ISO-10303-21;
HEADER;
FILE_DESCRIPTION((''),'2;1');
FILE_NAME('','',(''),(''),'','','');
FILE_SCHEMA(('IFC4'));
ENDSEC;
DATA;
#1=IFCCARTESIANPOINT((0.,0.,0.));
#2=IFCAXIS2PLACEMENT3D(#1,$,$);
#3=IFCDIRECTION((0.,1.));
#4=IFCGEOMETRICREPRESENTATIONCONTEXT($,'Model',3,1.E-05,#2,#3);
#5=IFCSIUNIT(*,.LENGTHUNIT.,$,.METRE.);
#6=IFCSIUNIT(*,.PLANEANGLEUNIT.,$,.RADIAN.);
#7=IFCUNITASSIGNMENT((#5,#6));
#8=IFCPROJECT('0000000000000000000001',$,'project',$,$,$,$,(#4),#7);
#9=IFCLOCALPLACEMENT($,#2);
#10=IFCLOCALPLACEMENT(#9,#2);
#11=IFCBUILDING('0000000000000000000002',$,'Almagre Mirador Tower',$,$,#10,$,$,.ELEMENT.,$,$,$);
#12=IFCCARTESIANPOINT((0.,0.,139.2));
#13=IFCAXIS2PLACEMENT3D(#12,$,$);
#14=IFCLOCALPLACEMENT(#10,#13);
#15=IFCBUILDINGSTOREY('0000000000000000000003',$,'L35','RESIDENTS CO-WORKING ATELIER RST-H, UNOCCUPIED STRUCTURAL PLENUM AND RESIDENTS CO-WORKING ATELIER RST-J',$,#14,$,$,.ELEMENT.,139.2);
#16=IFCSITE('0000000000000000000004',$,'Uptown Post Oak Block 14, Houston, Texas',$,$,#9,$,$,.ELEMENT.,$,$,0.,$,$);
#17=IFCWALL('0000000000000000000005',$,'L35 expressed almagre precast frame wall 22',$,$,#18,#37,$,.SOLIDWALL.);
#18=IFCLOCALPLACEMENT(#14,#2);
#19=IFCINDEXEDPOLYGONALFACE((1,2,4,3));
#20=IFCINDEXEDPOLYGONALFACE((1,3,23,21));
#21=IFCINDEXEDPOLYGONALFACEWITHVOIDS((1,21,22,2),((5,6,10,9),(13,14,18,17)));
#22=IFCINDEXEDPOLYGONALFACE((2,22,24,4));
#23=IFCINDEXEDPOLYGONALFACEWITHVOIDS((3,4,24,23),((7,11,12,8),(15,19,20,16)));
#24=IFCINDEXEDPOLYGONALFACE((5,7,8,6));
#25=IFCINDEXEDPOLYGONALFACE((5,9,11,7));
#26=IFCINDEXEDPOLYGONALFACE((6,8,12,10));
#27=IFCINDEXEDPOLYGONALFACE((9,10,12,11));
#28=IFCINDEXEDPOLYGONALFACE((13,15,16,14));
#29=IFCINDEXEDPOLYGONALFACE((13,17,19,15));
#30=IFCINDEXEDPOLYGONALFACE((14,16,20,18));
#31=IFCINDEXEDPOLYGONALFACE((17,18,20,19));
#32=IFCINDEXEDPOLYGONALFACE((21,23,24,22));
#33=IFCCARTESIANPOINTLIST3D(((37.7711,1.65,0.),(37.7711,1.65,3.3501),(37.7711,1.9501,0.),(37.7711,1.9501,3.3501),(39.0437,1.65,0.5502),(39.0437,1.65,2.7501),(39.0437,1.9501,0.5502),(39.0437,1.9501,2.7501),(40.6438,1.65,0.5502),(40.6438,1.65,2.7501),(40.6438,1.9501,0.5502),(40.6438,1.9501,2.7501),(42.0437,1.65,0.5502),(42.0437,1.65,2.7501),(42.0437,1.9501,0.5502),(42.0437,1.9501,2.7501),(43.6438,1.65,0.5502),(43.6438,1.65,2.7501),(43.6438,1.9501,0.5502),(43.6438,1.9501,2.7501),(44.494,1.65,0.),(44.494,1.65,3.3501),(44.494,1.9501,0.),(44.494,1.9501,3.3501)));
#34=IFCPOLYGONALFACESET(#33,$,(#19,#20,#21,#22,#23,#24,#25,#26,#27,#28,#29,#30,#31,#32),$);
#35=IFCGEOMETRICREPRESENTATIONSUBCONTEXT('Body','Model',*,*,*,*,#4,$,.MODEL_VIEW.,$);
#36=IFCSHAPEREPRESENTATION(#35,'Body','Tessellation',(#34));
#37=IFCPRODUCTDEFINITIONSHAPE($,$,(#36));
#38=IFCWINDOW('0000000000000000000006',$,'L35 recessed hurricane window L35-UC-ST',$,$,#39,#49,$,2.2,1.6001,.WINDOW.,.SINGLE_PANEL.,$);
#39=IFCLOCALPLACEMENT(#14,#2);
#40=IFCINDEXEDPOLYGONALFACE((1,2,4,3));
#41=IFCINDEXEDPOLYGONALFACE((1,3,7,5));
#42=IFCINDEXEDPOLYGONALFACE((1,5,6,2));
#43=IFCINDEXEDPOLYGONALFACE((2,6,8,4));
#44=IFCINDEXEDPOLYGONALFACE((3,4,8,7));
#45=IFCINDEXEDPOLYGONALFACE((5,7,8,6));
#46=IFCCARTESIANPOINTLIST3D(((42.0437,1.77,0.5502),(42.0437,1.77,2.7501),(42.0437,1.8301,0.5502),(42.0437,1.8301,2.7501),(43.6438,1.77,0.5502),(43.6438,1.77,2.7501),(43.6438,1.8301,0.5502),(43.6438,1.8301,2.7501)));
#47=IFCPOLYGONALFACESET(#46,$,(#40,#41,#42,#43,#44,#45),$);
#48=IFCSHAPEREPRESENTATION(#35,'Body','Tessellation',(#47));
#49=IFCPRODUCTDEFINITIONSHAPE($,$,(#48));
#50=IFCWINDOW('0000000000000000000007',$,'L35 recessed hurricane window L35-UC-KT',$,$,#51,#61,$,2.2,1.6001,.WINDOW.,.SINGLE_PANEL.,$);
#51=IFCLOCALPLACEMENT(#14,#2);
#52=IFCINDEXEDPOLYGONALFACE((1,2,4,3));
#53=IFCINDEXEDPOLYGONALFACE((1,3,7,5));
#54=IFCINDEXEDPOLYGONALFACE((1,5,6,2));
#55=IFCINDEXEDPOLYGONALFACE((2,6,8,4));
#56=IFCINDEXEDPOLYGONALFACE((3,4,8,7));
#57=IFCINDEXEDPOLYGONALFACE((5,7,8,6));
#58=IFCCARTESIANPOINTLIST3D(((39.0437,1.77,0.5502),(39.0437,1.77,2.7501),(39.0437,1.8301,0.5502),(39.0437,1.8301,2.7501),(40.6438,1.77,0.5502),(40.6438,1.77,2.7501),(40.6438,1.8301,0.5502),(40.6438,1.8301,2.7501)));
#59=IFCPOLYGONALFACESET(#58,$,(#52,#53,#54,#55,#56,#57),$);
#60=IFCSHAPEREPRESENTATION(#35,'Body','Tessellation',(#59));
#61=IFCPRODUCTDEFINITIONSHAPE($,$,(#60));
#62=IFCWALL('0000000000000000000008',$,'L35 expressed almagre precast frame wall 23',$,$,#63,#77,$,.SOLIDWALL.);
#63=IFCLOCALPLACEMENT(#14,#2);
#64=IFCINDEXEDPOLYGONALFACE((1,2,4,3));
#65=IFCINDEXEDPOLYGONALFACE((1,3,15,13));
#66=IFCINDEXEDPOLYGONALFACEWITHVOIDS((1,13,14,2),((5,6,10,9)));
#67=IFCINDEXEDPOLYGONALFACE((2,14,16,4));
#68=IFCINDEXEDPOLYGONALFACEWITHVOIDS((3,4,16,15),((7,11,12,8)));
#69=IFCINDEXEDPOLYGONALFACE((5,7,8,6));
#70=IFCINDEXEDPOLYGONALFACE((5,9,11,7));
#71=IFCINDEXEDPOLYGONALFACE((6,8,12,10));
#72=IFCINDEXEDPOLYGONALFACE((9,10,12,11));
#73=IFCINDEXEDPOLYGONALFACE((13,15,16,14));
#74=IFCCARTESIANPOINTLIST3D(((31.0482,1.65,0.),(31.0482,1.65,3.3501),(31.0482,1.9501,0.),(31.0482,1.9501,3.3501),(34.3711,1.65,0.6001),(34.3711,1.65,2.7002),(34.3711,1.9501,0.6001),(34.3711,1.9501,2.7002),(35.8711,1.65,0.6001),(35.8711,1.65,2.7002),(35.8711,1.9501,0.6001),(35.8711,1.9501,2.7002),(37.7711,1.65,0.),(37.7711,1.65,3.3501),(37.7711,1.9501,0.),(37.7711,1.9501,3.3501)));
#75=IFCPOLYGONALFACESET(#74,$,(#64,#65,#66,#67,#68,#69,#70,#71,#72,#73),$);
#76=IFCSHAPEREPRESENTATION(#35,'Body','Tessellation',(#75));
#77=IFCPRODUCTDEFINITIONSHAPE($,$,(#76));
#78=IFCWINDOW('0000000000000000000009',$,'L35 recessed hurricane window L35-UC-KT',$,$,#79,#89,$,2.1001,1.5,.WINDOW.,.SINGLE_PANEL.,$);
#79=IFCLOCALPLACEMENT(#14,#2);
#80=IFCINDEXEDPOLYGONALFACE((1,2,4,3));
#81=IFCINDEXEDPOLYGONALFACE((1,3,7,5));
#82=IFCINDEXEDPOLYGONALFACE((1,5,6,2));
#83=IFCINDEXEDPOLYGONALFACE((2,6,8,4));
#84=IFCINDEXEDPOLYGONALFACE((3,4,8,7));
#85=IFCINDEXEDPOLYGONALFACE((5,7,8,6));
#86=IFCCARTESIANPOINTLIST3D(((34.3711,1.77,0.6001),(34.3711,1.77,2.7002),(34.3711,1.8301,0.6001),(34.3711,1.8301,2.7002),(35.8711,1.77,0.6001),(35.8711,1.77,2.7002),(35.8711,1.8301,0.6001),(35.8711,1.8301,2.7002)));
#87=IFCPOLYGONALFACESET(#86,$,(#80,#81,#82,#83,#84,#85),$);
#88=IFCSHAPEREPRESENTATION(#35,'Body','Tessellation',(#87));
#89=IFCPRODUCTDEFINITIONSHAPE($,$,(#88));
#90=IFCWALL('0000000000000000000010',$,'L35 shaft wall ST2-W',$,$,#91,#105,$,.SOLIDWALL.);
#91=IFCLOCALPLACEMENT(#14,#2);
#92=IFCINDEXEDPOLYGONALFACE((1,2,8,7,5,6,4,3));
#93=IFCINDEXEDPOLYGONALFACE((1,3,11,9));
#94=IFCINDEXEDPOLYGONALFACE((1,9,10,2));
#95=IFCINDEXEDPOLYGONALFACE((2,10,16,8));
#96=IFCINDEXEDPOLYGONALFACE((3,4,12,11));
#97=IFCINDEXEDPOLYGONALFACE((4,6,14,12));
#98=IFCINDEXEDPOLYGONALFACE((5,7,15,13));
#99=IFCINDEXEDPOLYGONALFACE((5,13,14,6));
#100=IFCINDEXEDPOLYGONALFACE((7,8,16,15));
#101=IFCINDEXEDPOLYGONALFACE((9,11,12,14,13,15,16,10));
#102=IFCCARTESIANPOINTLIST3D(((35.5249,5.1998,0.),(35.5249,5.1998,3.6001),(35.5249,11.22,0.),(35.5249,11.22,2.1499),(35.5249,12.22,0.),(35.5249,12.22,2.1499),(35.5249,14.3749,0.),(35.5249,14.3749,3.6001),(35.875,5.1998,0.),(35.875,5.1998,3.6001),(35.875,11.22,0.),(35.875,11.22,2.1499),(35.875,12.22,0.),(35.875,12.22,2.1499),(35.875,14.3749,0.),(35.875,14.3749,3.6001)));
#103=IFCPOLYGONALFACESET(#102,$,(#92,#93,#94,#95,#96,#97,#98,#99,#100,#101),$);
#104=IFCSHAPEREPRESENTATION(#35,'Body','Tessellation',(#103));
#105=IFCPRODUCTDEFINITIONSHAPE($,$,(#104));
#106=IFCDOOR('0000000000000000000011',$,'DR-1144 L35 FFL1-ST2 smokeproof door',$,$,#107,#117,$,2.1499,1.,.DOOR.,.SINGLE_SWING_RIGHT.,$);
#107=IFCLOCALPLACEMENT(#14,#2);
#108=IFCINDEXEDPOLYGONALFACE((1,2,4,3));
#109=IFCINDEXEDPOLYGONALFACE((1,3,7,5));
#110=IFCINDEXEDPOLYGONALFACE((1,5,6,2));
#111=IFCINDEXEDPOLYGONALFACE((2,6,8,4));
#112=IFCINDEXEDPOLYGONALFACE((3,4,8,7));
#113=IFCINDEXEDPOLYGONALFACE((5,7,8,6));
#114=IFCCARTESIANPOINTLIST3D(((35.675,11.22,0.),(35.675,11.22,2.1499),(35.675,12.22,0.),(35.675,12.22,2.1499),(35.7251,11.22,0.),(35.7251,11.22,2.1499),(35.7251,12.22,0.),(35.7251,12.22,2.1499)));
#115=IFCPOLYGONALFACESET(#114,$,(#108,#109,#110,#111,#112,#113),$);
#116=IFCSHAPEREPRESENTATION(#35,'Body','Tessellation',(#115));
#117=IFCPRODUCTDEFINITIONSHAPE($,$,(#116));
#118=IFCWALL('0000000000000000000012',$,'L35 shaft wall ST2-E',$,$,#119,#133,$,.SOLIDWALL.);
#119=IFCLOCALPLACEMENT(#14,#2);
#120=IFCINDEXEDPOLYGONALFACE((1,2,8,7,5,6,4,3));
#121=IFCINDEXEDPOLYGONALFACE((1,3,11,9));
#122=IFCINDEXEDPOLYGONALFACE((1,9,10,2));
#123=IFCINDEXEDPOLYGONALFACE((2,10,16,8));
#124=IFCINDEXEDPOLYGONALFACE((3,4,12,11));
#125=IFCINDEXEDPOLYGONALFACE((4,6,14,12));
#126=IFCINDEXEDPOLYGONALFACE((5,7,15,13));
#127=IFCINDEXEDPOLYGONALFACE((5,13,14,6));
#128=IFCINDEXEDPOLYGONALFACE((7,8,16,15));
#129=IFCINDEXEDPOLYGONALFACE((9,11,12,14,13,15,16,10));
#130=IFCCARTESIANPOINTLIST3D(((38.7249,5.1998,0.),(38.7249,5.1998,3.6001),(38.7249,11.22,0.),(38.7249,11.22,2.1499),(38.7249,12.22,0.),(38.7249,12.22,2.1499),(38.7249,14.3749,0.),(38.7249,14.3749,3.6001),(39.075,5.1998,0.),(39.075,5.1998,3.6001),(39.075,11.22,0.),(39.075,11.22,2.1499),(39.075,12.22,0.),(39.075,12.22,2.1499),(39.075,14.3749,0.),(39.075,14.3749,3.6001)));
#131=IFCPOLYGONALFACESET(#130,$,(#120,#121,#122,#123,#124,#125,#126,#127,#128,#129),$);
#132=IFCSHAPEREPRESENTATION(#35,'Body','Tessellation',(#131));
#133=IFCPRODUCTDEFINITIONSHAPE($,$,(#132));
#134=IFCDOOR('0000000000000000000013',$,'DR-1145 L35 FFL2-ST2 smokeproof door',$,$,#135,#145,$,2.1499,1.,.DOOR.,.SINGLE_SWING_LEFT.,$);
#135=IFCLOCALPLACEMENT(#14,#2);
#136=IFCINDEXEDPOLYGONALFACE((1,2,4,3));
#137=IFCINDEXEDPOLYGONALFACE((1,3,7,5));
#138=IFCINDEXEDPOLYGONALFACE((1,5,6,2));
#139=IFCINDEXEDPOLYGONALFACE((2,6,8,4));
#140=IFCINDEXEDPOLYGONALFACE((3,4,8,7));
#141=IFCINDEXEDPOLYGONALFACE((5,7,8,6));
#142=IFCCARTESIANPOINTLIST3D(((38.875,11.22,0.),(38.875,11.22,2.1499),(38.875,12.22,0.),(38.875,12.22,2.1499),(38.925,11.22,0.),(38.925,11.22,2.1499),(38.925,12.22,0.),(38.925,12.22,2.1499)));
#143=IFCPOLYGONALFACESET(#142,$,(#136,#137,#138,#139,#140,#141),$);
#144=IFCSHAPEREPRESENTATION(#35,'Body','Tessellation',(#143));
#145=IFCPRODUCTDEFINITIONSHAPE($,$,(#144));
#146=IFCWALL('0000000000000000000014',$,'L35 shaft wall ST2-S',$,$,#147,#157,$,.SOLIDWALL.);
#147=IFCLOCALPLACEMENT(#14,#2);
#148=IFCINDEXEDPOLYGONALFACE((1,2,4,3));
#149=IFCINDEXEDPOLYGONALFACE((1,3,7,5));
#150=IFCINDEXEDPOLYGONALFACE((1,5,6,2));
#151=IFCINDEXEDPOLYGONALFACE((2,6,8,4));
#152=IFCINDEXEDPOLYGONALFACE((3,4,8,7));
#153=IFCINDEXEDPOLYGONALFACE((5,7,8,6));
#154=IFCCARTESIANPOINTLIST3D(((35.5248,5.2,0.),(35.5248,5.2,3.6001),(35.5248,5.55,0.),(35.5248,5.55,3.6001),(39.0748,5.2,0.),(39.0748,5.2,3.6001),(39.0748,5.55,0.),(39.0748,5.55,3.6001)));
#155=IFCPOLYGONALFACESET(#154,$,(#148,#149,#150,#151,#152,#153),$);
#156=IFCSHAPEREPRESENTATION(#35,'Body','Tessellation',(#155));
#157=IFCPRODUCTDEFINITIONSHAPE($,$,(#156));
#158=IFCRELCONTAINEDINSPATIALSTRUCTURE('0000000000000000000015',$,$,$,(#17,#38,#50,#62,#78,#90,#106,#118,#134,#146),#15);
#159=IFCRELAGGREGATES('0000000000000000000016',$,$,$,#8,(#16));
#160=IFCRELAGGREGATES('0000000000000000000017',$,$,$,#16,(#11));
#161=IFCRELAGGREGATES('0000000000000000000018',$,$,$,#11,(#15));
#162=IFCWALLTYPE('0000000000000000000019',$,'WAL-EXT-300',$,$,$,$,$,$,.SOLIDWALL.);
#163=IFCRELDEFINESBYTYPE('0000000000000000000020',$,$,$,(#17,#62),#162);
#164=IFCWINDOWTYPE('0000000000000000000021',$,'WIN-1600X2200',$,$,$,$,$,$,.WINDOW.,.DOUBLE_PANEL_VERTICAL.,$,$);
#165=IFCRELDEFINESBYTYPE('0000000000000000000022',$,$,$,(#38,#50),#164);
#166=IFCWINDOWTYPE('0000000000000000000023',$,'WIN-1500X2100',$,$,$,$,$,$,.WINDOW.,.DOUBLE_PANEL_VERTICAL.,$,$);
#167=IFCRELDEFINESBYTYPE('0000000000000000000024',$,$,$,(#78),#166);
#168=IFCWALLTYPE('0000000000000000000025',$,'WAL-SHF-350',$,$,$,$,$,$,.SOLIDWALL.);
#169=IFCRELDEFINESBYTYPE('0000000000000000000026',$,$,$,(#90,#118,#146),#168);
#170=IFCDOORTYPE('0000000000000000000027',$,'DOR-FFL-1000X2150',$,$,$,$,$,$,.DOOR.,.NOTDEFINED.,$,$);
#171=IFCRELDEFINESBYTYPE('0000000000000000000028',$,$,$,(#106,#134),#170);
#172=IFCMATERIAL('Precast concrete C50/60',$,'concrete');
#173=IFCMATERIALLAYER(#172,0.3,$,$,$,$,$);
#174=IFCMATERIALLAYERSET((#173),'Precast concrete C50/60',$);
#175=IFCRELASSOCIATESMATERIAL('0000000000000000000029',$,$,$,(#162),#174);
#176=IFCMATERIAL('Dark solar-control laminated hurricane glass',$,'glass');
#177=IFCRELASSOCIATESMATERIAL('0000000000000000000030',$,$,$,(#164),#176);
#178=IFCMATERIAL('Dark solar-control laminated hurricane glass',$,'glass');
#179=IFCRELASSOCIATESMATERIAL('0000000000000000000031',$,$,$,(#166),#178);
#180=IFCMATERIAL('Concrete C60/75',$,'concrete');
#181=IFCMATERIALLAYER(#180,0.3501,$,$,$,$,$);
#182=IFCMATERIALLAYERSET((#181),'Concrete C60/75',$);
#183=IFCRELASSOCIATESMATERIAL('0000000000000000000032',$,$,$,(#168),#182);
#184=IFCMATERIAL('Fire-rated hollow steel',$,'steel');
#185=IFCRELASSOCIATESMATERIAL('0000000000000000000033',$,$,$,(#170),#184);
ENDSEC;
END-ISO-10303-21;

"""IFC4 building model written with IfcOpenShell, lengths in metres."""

from ifc_helpers import new_model, si_unit, direction, frame, frame_2d, origin, place, context, subcontext, project, spatial, rectangle, extrude, material, layer, layer_set, type_object, element, fill, save


model = new_model("IFC4")

# Units and contexts
model_context = context("Model", 3, precision=1e-05, world=origin(), true_north=direction((0.0, 1.0)))
body_context = subcontext(model_context, "Body", "Model", "MODEL_VIEW")
ifc_project = project(units=[si_unit("LENGTHUNIT", "METRE"), si_unit("PLANEANGLEUNIT", "RADIAN")], contexts=[model_context])

# Site, building, storey
site_placement = place(None, origin())
site = spatial("IfcSite", under=ifc_project, at=site_placement, Name="Uptown Post Oak Block 14, Houston, Texas", CompositionType="ELEMENT", RefElevation=0.0)
building_placement = place(site_placement, origin())
building = spatial("IfcBuilding", under=site, at=building_placement, Name="Almagre Mirador Tower", CompositionType="ELEMENT")
storey_placement = place(building_placement, frame((0.0, 0.0, 139.2)))
storey = spatial("IfcBuildingStorey", under=building, at=storey_placement, Name="L35", Description="RESIDENTS CO-WORKING ATELIER RST-H, UNOCCUPIED STRUCTURAL PLENUM AND RESIDENTS CO-WORKING ATELIER RST-J", CompositionType="ELEMENT", Elevation=139.2)

# Wall, openings, windows
ifc_material_1 = material(Name="Precast concrete C50/60", Category="concrete")
ifc_layer_1 = layer(ifc_material_1, 0.3)
ifc_layer_set_1 = layer_set([ifc_layer_1], Name="Precast concrete C50/60")
wall_type_1 = type_object("IfcWallType", Name="WAL-EXT-300", PredefinedType="SOLIDWALL", material=ifc_layer_set_1)
wall_1_placement = place(storey_placement, frame((44.4939, 1.8, 0.0), z_axis=(0.0, 0.0, 1.0), x_axis=(-1.0, 0.0, 0.0)))
wall_1 = element("IfcWall", 1, at=wall_1_placement, inside=storey, type_object=wall_type_1, Name="L35 expressed almagre precast frame wall 22", PredefinedType="SOLIDWALL", context=body_context, shape_type="SweptSolid", body=[
    extrude(rectangle(XDim=6.7229, YDim=0.3, at=frame_2d((3.3613, 0.0))), origin(), (0.0, 0.0, 1.0), 3.3501),
])
opening_1_placement = place(wall_1_placement, frame((0.8501, 0.0, 0.55)))
opening_1 = element("IfcOpeningElement", 2, at=opening_1_placement, cuts=wall_1, PredefinedType="OPENING", context=body_context, shape_type="SweptSolid", body=[
    extrude(rectangle(XDim=1.6001, YDim=2.2, at=frame_2d((0.8, 1.1001))), frame((0.0, 0.1599, 0.0), z_axis=(0.0, -1.0, 0.0), x_axis=(1.0, 0.0, 0.0)), (0.0, 0.0, 1.0), 0.32),
])
opening_2_placement = place(wall_1_placement, frame((3.8501, 0.0, 0.55)))
opening_2 = element("IfcOpeningElement", 3, at=opening_2_placement, cuts=wall_1, PredefinedType="OPENING", context=body_context, shape_type="SweptSolid", body=[
    extrude(rectangle(XDim=1.6001, YDim=2.2, at=frame_2d((0.8, 1.1001))), frame((0.0, 0.1599, 0.0), z_axis=(0.0, -1.0, 0.0), x_axis=(1.0, 0.0, 0.0)), (0.0, 0.0, 1.0), 0.32),
])
ifc_material_2 = material(Name="Dark solar-control laminated hurricane glass", Category="glass")
window_type_1 = type_object("IfcWindowType", Name="WIN-1600X2200", PartitioningType="DOUBLE_PANEL_VERTICAL", PredefinedType="WINDOW", material=ifc_material_2)
window_1_placement = place(opening_1_placement, origin())
window_1 = element("IfcWindow", 4, at=window_1_placement, inside=storey, type_object=window_type_1, Name="L35 recessed hurricane window L35-UC-ST", OverallHeight=2.2, OverallWidth=1.6001, PartitioningType="SINGLE_PANEL", PredefinedType="WINDOW", context=body_context, shape_type="SweptSolid", body=[
    extrude(rectangle(XDim=1.6001, YDim=2.2, at=frame_2d((0.8, 1.1001))), frame((0.0, 0.03, 0.0), z_axis=(0.0, -1.0, 0.0), x_axis=(1.0, 0.0, 0.0)), (0.0, 0.0, 1.0), 0.0601),
])
fill(opening_1, window_1)
window_2_placement = place(opening_2_placement, origin())
window_2 = element("IfcWindow", 5, at=window_2_placement, inside=storey, type_object=window_type_1, Name="L35 recessed hurricane window L35-UC-KT", OverallHeight=2.2, OverallWidth=1.6001, PartitioningType="SINGLE_PANEL", PredefinedType="WINDOW", context=body_context, shape_type="SweptSolid", body=[
    extrude(rectangle(XDim=1.6001, YDim=2.2, at=frame_2d((0.8, 1.1001))), frame((0.0, 0.03, 0.0), z_axis=(0.0, -1.0, 0.0), x_axis=(1.0, 0.0, 0.0)), (0.0, 0.0, 1.0), 0.0601),
])
fill(opening_2, window_2)

# Wall, opening, window
wall_2_placement = place(storey_placement, frame((37.771, 1.8, 0.0), z_axis=(0.0, 0.0, 1.0), x_axis=(-1.0, 0.0, 0.0)))
wall_2 = element("IfcWall", 6, at=wall_2_placement, inside=storey, type_object=wall_type_1, Name="L35 expressed almagre precast frame wall 23", PredefinedType="SOLIDWALL", context=body_context, shape_type="SweptSolid", body=[
    extrude(rectangle(XDim=6.7229, YDim=0.3, at=frame_2d((3.3613, 0.0))), origin(), (0.0, 0.0, 1.0), 3.3501),
])
opening_3_placement = place(wall_2_placement, frame((1.8999, 0.0, 0.6001)))
opening_3 = element("IfcOpeningElement", 7, at=opening_3_placement, cuts=wall_2, PredefinedType="OPENING", context=body_context, shape_type="SweptSolid", body=[
    extrude(rectangle(XDim=1.5, YDim=2.1001, at=frame_2d((0.75, 1.05))), frame((0.0, 0.1599, 0.0), z_axis=(0.0, -1.0, 0.0), x_axis=(1.0, 0.0, 0.0)), (0.0, 0.0, 1.0), 0.32),
])
ifc_material_3 = material(Name="Dark solar-control laminated hurricane glass", Category="glass")
window_type_2 = type_object("IfcWindowType", Name="WIN-1500X2100", PartitioningType="DOUBLE_PANEL_VERTICAL", PredefinedType="WINDOW", material=ifc_material_3)
window_3_placement = place(opening_3_placement, origin())
window_3 = element("IfcWindow", 8, at=window_3_placement, inside=storey, type_object=window_type_2, Name="L35 recessed hurricane window L35-UC-KT", OverallHeight=2.1001, OverallWidth=1.5, PartitioningType="SINGLE_PANEL", PredefinedType="WINDOW", context=body_context, shape_type="SweptSolid", body=[
    extrude(rectangle(XDim=1.5, YDim=2.1001, at=frame_2d((0.75, 1.05))), frame((0.0, 0.03, 0.0), z_axis=(0.0, -1.0, 0.0), x_axis=(1.0, 0.0, 0.0)), (0.0, 0.0, 1.0), 0.0601),
])
fill(opening_3, window_3)

# Walls, openings, doors
ifc_material_4 = material(Name="Concrete C60/75", Category="concrete")
ifc_layer_2 = layer(ifc_material_4, 0.3501)
ifc_layer_set_2 = layer_set([ifc_layer_2], Name="Concrete C60/75")
wall_type_2 = type_object("IfcWallType", Name="WAL-SHF-350", PredefinedType="SOLIDWALL", material=ifc_layer_set_2)
wall_3_placement = place(storey_placement, frame((35.7, 5.2, 0.0), z_axis=(0.0, 0.0, 1.0), x_axis=(0.0, 1.0, 0.0)))
wall_3 = element("IfcWall", 9, at=wall_3_placement, inside=storey, type_object=wall_type_2, Name="L35 shaft wall ST2-W", PredefinedType="SOLIDWALL", context=body_context, shape_type="SweptSolid", body=[
    extrude(rectangle(XDim=9.175, YDim=0.3501, at=frame_2d((4.5874, 0.0))), origin(), (0.0, 0.0, 1.0), 3.6001),
])
opening_4_placement = place(wall_3_placement, frame((6.02, 0.0, 0.0)))
opening_4 = element("IfcOpeningElement", 10, at=opening_4_placement, cuts=wall_3, PredefinedType="OPENING", context=body_context, shape_type="SweptSolid", body=[
    extrude(rectangle(XDim=1.0, YDim=2.1499, at=frame_2d((0.5, 1.075))), frame((0.0, 0.185, 0.0), z_axis=(0.0, -1.0, 0.0), x_axis=(1.0, 0.0, 0.0)), (0.0, 0.0, 1.0), 0.3701),
])
ifc_material_5 = material(Name="Fire-rated hollow steel", Category="steel")
door_type_1 = type_object("IfcDoorType", Name="DOR-FFL-1000X2150", OperationType="NOTDEFINED", PredefinedType="DOOR", material=ifc_material_5)
door_1_placement = place(opening_4_placement, origin())
door_1 = element("IfcDoor", 11, at=door_1_placement, inside=storey, type_object=door_type_1, Name="DR-1144 L35 FFL1-ST2 smokeproof door", OperationType="SINGLE_SWING_RIGHT", OverallHeight=2.1499, OverallWidth=1.0, PredefinedType="DOOR", context=body_context, shape_type="SweptSolid", body=[
    extrude(rectangle(XDim=1.0, YDim=2.1499, at=frame_2d((0.5, 1.075))), frame((0.0, 0.0249, 0.0), z_axis=(0.0, -1.0, 0.0), x_axis=(1.0, 0.0, 0.0)), (0.0, 0.0, 1.0), 0.05),
])
fill(opening_4, door_1)
wall_4_placement = place(storey_placement, frame((38.8999, 5.2, 0.0), z_axis=(0.0, 0.0, 1.0), x_axis=(0.0, 1.0, 0.0)))
wall_4 = element("IfcWall", 12, at=wall_4_placement, inside=storey, type_object=wall_type_2, Name="L35 shaft wall ST2-E", PredefinedType="SOLIDWALL", context=body_context, shape_type="SweptSolid", body=[
    extrude(rectangle(XDim=9.175, YDim=0.3501, at=frame_2d((4.5874, 0.0))), origin(), (0.0, 0.0, 1.0), 3.6001),
])
opening_5_placement = place(wall_4_placement, frame((6.02, 0.0, 0.0)))
opening_5 = element("IfcOpeningElement", 13, at=opening_5_placement, cuts=wall_4, PredefinedType="OPENING", context=body_context, shape_type="SweptSolid", body=[
    extrude(rectangle(XDim=1.0, YDim=2.1499, at=frame_2d((0.5, 1.075))), frame((0.0, 0.185, 0.0), z_axis=(0.0, -1.0, 0.0), x_axis=(1.0, 0.0, 0.0)), (0.0, 0.0, 1.0), 0.3701),
])
door_2_placement = place(opening_5_placement, origin())
door_2 = element("IfcDoor", 14, at=door_2_placement, inside=storey, type_object=door_type_1, Name="DR-1145 L35 FFL2-ST2 smokeproof door", OperationType="SINGLE_SWING_LEFT", OverallHeight=2.1499, OverallWidth=1.0, PredefinedType="DOOR", context=body_context, shape_type="SweptSolid", body=[
    extrude(rectangle(XDim=1.0, YDim=2.1499, at=frame_2d((0.5, 1.075))), frame((0.0, 0.0249, 0.0), z_axis=(0.0, -1.0, 0.0), x_axis=(1.0, 0.0, 0.0)), (0.0, 0.0, 1.0), 0.05),
])
fill(opening_5, door_2)

# Wall
wall_5_placement = place(storey_placement, frame((35.5249, 5.375, 0.0), z_axis=(0.0, 0.0, 1.0), x_axis=(1.0, 0.0, 0.0)))
element("IfcWall", 15, at=wall_5_placement, inside=storey, type_object=wall_type_2, Name="L35 shaft wall ST2-S", PredefinedType="SOLIDWALL", context=body_context, shape_type="SweptSolid", body=[
    extrude(rectangle(XDim=3.55, YDim=0.3501, at=frame_2d((1.7749, 0.0))), origin(), (0.0, 0.0, 1.0), 3.6001),
])

save(model, "model.ifc")
